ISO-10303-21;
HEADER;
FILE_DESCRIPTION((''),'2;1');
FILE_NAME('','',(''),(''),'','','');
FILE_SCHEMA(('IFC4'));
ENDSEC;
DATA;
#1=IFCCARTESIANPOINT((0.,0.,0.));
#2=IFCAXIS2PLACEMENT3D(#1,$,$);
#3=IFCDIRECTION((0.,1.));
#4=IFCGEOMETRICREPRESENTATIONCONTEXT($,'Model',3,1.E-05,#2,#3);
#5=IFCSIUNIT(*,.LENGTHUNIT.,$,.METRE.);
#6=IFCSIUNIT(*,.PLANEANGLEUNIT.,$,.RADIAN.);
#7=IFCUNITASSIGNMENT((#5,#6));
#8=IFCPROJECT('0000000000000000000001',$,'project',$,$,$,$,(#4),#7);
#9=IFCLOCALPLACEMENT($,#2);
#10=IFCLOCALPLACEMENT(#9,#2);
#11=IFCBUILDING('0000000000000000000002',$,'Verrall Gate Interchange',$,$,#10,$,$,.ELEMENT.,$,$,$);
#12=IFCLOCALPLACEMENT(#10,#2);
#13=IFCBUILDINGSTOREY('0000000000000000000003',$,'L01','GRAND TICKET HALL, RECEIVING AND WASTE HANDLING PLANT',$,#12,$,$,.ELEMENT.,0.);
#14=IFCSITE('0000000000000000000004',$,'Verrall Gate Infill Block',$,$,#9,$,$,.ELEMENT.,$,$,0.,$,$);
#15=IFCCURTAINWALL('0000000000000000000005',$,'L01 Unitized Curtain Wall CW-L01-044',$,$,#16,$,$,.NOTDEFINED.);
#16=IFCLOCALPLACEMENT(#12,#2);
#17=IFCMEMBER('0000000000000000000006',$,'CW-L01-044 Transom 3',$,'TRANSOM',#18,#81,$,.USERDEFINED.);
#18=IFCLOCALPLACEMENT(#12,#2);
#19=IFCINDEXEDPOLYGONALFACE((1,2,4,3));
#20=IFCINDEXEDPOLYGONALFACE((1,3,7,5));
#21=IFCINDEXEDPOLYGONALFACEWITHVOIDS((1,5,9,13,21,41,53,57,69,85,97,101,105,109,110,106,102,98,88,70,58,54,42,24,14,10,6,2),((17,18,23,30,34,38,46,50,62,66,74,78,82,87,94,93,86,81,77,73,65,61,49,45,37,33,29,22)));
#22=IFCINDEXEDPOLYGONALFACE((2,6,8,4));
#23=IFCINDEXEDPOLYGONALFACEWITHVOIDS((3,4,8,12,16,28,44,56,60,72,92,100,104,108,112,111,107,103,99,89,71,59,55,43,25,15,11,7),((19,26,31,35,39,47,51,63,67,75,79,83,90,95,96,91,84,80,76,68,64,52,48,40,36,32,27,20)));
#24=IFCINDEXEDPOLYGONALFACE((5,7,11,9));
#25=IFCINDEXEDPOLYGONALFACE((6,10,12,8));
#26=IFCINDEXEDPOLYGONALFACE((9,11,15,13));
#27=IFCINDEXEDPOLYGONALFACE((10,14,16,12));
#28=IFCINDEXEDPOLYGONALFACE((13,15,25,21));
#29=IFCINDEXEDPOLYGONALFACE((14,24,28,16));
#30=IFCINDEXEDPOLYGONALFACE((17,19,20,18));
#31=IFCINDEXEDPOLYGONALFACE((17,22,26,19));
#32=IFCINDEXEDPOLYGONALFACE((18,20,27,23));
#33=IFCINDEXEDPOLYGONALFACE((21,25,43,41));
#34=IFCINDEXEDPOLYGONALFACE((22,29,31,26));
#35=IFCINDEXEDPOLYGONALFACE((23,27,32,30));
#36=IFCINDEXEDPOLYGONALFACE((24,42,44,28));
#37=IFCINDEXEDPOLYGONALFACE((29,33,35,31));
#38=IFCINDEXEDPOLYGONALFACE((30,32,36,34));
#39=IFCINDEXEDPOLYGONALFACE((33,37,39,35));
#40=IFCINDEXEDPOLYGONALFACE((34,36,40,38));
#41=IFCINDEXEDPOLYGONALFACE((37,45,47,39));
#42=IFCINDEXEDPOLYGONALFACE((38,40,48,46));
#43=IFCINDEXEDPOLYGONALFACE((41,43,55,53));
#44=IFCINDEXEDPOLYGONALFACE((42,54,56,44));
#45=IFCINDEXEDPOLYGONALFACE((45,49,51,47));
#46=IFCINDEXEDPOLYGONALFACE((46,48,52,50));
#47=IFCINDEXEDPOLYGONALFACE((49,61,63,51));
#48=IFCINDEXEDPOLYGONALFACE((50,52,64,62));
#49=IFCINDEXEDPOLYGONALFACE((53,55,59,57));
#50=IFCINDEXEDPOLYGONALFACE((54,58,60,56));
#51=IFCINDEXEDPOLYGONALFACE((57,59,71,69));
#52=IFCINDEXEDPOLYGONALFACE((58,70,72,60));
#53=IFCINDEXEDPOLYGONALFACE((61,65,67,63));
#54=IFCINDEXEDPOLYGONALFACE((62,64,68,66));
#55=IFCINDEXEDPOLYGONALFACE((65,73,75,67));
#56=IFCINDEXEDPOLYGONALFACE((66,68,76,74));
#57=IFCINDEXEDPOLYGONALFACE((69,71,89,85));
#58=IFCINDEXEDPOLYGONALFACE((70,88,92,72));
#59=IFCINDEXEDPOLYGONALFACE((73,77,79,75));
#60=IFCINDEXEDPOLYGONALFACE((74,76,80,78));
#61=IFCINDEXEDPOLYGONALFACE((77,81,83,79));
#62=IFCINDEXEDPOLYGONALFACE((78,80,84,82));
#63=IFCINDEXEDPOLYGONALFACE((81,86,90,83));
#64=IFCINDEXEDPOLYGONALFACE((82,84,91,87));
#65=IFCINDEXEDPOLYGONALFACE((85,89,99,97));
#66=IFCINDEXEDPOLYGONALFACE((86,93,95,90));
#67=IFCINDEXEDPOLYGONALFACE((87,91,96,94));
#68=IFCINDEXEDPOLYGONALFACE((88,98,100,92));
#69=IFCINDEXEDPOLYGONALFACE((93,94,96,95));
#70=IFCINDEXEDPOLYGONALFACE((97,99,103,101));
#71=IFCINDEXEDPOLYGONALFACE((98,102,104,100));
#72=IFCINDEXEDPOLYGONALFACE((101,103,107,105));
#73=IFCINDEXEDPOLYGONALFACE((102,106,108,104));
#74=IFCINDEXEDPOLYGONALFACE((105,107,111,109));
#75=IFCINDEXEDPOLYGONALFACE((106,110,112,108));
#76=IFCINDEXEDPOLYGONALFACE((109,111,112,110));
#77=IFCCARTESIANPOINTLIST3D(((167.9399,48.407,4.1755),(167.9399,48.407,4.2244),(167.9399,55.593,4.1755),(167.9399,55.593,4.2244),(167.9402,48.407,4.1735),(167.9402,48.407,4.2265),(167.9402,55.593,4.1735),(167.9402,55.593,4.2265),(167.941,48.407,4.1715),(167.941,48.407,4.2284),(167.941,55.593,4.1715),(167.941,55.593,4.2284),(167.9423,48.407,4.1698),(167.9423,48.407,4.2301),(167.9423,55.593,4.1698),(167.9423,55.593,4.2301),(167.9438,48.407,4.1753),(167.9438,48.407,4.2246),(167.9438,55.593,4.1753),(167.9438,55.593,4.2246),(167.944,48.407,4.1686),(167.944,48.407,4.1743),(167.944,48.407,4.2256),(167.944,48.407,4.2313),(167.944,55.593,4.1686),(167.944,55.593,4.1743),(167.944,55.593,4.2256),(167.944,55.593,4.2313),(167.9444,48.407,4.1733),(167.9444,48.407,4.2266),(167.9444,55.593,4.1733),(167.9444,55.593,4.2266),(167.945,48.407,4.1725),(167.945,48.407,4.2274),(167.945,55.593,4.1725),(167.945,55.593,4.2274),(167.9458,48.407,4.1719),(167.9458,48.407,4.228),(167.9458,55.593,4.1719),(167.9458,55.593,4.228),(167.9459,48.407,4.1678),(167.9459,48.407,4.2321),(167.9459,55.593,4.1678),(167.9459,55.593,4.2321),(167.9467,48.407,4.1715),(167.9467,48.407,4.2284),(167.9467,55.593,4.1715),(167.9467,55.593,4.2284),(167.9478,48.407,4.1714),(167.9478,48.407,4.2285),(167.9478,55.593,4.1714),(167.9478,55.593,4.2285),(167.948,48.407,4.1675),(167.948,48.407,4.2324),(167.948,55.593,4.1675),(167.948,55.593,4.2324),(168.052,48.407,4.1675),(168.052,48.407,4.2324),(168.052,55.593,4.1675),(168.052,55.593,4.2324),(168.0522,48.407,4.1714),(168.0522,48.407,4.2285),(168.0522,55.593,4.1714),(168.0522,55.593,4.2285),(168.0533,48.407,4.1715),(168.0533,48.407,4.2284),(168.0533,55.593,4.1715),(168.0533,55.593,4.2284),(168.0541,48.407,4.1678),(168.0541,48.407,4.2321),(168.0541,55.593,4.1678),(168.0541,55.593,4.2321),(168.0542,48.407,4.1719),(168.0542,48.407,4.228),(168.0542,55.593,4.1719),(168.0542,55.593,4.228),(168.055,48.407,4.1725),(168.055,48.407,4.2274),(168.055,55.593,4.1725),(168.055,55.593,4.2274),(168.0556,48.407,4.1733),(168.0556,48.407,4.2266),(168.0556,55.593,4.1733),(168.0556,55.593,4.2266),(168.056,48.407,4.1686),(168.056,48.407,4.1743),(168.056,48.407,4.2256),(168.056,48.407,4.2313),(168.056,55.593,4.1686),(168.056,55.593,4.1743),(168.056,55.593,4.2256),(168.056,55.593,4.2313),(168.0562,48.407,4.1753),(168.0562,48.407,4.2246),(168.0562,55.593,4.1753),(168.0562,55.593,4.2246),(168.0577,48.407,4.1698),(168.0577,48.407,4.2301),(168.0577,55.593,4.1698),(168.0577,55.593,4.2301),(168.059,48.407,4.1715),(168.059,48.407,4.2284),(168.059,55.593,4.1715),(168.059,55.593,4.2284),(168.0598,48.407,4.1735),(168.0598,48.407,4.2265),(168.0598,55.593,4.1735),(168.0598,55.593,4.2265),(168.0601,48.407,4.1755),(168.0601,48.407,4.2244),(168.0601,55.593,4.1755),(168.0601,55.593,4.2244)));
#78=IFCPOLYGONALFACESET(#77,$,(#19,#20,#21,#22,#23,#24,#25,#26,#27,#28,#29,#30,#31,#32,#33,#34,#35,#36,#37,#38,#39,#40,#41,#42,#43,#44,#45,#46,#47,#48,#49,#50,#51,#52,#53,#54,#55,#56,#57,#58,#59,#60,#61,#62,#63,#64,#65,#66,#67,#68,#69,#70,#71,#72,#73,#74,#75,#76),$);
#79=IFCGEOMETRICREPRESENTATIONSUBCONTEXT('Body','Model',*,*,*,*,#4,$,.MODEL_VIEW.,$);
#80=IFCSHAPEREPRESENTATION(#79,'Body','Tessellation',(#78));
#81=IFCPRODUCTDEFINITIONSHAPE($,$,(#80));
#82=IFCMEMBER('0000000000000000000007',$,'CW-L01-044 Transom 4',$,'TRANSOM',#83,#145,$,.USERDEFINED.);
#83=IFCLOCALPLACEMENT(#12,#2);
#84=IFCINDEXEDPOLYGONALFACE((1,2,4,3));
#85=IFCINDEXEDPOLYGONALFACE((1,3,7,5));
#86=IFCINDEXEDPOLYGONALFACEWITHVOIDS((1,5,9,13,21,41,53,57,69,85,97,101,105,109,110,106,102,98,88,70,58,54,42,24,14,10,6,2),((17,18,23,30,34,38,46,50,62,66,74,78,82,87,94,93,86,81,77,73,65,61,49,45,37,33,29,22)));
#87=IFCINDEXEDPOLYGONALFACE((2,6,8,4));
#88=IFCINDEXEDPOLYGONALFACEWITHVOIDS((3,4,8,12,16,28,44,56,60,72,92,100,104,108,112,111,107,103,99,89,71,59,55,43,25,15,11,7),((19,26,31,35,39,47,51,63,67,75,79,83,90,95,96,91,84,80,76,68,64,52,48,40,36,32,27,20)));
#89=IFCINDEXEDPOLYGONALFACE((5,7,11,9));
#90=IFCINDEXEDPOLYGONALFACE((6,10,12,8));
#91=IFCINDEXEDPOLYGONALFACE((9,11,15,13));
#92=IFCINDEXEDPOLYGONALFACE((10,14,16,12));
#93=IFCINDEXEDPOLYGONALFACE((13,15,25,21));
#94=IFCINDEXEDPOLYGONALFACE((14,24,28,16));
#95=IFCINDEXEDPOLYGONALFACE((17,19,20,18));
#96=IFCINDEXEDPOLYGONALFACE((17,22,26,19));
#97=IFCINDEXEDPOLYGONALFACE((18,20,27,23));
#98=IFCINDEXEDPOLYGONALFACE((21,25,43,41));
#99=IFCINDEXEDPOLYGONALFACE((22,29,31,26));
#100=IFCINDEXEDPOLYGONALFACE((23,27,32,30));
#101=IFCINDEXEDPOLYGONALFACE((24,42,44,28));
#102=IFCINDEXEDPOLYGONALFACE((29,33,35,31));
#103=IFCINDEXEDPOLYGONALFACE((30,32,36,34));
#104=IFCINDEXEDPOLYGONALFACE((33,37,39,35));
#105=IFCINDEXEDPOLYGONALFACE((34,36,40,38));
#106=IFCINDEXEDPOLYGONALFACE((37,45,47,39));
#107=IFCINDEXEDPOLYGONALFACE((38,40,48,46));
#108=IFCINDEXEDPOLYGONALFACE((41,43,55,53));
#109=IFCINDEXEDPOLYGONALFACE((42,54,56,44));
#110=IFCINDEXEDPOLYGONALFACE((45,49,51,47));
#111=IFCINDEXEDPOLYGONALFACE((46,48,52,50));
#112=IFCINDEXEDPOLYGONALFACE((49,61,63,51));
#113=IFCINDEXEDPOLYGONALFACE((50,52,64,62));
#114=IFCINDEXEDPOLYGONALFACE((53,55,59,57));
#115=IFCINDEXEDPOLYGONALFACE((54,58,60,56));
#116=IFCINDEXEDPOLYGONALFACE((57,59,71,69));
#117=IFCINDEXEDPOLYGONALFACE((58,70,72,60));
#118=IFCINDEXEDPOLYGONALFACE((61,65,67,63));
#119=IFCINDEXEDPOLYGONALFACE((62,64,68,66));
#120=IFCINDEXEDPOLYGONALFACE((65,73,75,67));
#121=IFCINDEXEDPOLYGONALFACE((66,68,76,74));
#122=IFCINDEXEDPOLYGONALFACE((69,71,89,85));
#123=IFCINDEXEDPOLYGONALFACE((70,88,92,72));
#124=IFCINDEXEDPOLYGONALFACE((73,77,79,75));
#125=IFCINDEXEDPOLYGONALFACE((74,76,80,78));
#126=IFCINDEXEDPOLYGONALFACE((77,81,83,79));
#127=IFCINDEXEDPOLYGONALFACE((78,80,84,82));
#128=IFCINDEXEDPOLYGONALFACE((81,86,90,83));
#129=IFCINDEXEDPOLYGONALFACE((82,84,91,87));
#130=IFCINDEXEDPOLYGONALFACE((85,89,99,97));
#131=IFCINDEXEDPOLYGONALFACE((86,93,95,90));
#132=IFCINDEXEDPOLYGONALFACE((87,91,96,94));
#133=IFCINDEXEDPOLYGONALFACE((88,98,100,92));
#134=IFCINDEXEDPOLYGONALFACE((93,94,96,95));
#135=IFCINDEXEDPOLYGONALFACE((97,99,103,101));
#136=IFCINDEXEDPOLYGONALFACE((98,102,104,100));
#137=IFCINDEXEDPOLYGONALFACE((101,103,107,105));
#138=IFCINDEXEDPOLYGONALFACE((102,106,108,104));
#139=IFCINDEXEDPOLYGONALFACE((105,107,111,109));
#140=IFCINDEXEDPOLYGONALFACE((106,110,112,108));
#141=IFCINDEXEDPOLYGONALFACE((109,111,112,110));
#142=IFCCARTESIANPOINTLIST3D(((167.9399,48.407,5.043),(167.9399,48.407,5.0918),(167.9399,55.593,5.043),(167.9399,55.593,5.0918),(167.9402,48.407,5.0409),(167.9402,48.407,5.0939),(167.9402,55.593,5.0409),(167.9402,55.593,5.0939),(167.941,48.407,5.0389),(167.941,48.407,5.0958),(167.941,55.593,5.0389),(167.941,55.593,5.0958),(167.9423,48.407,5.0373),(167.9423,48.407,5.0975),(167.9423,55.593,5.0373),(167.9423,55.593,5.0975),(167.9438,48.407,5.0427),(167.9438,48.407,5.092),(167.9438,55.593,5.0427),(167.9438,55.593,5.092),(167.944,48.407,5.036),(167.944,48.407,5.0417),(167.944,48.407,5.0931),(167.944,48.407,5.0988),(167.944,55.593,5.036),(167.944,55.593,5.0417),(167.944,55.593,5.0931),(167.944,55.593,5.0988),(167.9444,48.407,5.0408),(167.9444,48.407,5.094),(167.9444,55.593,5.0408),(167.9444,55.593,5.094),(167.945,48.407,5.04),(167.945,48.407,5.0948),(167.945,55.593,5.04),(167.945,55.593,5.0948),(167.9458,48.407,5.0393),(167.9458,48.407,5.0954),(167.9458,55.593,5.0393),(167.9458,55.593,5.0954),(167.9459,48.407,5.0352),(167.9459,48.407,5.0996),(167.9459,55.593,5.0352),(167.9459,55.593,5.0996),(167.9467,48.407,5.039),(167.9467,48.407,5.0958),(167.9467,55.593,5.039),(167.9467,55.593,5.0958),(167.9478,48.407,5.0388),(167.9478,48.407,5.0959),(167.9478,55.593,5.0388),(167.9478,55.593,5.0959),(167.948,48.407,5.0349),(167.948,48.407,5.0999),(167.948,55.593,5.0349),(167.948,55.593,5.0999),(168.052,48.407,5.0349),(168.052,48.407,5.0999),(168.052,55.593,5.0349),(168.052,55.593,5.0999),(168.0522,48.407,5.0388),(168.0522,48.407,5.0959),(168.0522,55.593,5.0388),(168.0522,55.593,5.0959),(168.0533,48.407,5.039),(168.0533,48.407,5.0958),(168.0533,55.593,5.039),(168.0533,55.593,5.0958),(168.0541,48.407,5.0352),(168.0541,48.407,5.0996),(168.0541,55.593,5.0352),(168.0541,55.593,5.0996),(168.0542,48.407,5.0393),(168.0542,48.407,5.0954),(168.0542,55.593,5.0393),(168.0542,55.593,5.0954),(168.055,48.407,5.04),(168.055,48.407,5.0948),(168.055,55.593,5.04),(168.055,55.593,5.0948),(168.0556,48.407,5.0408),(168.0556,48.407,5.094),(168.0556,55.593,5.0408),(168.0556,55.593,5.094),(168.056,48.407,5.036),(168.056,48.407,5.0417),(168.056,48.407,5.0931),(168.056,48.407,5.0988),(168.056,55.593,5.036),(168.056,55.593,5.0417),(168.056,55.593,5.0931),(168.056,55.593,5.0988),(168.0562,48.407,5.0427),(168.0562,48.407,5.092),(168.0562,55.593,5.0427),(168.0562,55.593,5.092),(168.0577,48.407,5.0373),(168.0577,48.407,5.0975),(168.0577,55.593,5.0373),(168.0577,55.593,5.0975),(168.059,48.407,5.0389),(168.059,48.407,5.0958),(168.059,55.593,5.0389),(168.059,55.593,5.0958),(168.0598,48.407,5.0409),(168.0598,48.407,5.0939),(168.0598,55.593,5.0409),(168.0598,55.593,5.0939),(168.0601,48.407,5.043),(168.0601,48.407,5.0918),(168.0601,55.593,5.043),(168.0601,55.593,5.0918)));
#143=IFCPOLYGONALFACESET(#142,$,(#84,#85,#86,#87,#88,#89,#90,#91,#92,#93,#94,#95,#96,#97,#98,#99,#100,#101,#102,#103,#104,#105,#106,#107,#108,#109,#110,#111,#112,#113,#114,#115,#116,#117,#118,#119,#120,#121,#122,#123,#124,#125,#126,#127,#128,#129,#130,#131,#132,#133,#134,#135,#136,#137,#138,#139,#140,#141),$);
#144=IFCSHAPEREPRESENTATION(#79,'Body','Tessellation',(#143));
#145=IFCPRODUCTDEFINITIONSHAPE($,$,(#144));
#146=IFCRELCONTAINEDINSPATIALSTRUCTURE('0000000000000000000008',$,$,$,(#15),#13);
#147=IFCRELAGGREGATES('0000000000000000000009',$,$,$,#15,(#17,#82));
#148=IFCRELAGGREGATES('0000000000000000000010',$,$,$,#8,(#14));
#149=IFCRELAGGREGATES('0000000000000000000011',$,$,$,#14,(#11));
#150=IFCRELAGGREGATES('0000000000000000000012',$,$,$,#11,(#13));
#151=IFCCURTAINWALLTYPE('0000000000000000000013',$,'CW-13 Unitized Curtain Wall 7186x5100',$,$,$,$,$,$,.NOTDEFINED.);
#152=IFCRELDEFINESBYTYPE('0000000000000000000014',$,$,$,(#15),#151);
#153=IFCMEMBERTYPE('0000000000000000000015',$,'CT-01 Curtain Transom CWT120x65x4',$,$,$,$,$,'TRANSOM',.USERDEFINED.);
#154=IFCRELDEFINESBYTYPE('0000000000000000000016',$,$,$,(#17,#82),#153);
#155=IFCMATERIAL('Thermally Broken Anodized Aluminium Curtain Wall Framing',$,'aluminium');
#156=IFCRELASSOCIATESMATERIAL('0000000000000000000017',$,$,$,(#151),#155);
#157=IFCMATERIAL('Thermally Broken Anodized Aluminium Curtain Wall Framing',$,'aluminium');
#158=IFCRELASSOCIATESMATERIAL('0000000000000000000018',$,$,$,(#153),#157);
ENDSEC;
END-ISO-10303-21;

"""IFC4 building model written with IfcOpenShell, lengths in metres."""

from ifc_helpers import new_model, si_unit, direction, frame, origin, origin_2d, place, context, subcontext, project, spatial, hollow_rectangle, extrude, material, material_profile, profile_set, type_object, element, aggregate, save


model = new_model("IFC4")

# Units and contexts
model_context = context("Model", 3, precision=1e-05, world=origin(), true_north=direction((0.0, 1.0)))
body_context = subcontext(model_context, "Body", "Model", "MODEL_VIEW")
ifc_project = project(units=[si_unit("LENGTHUNIT", "METRE"), si_unit("PLANEANGLEUNIT", "RADIAN")], contexts=[model_context])

# Site, building, storey
site_placement = place(None, origin())
site = spatial("IfcSite", under=ifc_project, at=site_placement, Name="Verrall Gate Infill Block", CompositionType="ELEMENT", RefElevation=0.0)
building_placement = place(site_placement, origin())
building = spatial("IfcBuilding", under=site, at=building_placement, Name="Verrall Gate Interchange", CompositionType="ELEMENT")
storey_placement = place(building_placement, origin())
storey = spatial("IfcBuildingStorey", under=building, at=storey_placement, Name="L01", Description="GRAND TICKET HALL, RECEIVING AND WASTE HANDLING PLANT", CompositionType="ELEMENT", Elevation=0.0)

# Curtain wall, members
ifc_material_1 = material(Name="Thermally Broken Anodized Aluminium Curtain Wall Framing", Category="aluminium")
curtain_wall_type_1 = type_object("IfcCurtainWallType", Name="CW-13 Unitized Curtain Wall 7186x5100", PredefinedType="NOTDEFINED", material=ifc_material_1)
curtain_wall_1_placement = place(storey_placement, origin())
curtain_wall_1 = element("IfcCurtainWall", 1, at=curtain_wall_1_placement, inside=storey, type_object=curtain_wall_type_1, Name="L01 Unitized Curtain Wall CW-L01-044", PredefinedType="NOTDEFINED")
ifc_material_2 = material(Name="Thermally Broken Anodized Aluminium Curtain Wall Framing", Category="aluminium")
ifc_material_profile_1 = material_profile(ifc_material_2, hollow_rectangle(XDim=0.1201, YDim=0.0649, WallThickness=0.0039, InnerFilletRadius=0.0039, OuterFilletRadius=0.0081, at=origin_2d()), Name="CWT120x65x4")
ifc_profile_set_1 = profile_set([ifc_material_profile_1], Name="Thermally Broken Anodized Aluminium Curtain Wall Framing")
member_type_1 = type_object("IfcMemberType", Name="CT-01 Curtain Transom CWT120x65x4", ElementType="TRANSOM", PredefinedType="USERDEFINED", material=ifc_profile_set_1)
member_1_placement = place(storey_placement, frame((168.0, 48.407, 4.2), z_axis=(0.0, 1.0, 0.0), x_axis=(-1.0, 0.0, 0.0)))
member_1 = element("IfcMember", 2, at=member_1_placement, type_object=member_type_1, Name="CW-L01-044 Transom 3", ObjectType="TRANSOM", PredefinedType="USERDEFINED", context=body_context, shape_type="SweptSolid", body=[
    extrude(hollow_rectangle(XDim=0.1201, YDim=0.0649, WallThickness=0.0039, InnerFilletRadius=0.0039, OuterFilletRadius=0.0081, at=origin_2d()), origin(), (0.0, 0.0, 1.0), 7.186),
])
member_2_placement = place(storey_placement, frame((168.0, 48.407, 5.0674), z_axis=(0.0, 1.0, 0.0), x_axis=(-1.0, 0.0, 0.0)))
member_2 = element("IfcMember", 3, at=member_2_placement, type_object=member_type_1, Name="CW-L01-044 Transom 4", ObjectType="TRANSOM", PredefinedType="USERDEFINED", context=body_context, shape_type="SweptSolid", body=[
    extrude(hollow_rectangle(XDim=0.1201, YDim=0.0649, WallThickness=0.0039, InnerFilletRadius=0.0039, OuterFilletRadius=0.0081, at=origin_2d()), origin(), (0.0, 0.0, 1.0), 7.186),
])
aggregate(curtain_wall_1, [member_1, member_2])

save(model, "model.ifc")
